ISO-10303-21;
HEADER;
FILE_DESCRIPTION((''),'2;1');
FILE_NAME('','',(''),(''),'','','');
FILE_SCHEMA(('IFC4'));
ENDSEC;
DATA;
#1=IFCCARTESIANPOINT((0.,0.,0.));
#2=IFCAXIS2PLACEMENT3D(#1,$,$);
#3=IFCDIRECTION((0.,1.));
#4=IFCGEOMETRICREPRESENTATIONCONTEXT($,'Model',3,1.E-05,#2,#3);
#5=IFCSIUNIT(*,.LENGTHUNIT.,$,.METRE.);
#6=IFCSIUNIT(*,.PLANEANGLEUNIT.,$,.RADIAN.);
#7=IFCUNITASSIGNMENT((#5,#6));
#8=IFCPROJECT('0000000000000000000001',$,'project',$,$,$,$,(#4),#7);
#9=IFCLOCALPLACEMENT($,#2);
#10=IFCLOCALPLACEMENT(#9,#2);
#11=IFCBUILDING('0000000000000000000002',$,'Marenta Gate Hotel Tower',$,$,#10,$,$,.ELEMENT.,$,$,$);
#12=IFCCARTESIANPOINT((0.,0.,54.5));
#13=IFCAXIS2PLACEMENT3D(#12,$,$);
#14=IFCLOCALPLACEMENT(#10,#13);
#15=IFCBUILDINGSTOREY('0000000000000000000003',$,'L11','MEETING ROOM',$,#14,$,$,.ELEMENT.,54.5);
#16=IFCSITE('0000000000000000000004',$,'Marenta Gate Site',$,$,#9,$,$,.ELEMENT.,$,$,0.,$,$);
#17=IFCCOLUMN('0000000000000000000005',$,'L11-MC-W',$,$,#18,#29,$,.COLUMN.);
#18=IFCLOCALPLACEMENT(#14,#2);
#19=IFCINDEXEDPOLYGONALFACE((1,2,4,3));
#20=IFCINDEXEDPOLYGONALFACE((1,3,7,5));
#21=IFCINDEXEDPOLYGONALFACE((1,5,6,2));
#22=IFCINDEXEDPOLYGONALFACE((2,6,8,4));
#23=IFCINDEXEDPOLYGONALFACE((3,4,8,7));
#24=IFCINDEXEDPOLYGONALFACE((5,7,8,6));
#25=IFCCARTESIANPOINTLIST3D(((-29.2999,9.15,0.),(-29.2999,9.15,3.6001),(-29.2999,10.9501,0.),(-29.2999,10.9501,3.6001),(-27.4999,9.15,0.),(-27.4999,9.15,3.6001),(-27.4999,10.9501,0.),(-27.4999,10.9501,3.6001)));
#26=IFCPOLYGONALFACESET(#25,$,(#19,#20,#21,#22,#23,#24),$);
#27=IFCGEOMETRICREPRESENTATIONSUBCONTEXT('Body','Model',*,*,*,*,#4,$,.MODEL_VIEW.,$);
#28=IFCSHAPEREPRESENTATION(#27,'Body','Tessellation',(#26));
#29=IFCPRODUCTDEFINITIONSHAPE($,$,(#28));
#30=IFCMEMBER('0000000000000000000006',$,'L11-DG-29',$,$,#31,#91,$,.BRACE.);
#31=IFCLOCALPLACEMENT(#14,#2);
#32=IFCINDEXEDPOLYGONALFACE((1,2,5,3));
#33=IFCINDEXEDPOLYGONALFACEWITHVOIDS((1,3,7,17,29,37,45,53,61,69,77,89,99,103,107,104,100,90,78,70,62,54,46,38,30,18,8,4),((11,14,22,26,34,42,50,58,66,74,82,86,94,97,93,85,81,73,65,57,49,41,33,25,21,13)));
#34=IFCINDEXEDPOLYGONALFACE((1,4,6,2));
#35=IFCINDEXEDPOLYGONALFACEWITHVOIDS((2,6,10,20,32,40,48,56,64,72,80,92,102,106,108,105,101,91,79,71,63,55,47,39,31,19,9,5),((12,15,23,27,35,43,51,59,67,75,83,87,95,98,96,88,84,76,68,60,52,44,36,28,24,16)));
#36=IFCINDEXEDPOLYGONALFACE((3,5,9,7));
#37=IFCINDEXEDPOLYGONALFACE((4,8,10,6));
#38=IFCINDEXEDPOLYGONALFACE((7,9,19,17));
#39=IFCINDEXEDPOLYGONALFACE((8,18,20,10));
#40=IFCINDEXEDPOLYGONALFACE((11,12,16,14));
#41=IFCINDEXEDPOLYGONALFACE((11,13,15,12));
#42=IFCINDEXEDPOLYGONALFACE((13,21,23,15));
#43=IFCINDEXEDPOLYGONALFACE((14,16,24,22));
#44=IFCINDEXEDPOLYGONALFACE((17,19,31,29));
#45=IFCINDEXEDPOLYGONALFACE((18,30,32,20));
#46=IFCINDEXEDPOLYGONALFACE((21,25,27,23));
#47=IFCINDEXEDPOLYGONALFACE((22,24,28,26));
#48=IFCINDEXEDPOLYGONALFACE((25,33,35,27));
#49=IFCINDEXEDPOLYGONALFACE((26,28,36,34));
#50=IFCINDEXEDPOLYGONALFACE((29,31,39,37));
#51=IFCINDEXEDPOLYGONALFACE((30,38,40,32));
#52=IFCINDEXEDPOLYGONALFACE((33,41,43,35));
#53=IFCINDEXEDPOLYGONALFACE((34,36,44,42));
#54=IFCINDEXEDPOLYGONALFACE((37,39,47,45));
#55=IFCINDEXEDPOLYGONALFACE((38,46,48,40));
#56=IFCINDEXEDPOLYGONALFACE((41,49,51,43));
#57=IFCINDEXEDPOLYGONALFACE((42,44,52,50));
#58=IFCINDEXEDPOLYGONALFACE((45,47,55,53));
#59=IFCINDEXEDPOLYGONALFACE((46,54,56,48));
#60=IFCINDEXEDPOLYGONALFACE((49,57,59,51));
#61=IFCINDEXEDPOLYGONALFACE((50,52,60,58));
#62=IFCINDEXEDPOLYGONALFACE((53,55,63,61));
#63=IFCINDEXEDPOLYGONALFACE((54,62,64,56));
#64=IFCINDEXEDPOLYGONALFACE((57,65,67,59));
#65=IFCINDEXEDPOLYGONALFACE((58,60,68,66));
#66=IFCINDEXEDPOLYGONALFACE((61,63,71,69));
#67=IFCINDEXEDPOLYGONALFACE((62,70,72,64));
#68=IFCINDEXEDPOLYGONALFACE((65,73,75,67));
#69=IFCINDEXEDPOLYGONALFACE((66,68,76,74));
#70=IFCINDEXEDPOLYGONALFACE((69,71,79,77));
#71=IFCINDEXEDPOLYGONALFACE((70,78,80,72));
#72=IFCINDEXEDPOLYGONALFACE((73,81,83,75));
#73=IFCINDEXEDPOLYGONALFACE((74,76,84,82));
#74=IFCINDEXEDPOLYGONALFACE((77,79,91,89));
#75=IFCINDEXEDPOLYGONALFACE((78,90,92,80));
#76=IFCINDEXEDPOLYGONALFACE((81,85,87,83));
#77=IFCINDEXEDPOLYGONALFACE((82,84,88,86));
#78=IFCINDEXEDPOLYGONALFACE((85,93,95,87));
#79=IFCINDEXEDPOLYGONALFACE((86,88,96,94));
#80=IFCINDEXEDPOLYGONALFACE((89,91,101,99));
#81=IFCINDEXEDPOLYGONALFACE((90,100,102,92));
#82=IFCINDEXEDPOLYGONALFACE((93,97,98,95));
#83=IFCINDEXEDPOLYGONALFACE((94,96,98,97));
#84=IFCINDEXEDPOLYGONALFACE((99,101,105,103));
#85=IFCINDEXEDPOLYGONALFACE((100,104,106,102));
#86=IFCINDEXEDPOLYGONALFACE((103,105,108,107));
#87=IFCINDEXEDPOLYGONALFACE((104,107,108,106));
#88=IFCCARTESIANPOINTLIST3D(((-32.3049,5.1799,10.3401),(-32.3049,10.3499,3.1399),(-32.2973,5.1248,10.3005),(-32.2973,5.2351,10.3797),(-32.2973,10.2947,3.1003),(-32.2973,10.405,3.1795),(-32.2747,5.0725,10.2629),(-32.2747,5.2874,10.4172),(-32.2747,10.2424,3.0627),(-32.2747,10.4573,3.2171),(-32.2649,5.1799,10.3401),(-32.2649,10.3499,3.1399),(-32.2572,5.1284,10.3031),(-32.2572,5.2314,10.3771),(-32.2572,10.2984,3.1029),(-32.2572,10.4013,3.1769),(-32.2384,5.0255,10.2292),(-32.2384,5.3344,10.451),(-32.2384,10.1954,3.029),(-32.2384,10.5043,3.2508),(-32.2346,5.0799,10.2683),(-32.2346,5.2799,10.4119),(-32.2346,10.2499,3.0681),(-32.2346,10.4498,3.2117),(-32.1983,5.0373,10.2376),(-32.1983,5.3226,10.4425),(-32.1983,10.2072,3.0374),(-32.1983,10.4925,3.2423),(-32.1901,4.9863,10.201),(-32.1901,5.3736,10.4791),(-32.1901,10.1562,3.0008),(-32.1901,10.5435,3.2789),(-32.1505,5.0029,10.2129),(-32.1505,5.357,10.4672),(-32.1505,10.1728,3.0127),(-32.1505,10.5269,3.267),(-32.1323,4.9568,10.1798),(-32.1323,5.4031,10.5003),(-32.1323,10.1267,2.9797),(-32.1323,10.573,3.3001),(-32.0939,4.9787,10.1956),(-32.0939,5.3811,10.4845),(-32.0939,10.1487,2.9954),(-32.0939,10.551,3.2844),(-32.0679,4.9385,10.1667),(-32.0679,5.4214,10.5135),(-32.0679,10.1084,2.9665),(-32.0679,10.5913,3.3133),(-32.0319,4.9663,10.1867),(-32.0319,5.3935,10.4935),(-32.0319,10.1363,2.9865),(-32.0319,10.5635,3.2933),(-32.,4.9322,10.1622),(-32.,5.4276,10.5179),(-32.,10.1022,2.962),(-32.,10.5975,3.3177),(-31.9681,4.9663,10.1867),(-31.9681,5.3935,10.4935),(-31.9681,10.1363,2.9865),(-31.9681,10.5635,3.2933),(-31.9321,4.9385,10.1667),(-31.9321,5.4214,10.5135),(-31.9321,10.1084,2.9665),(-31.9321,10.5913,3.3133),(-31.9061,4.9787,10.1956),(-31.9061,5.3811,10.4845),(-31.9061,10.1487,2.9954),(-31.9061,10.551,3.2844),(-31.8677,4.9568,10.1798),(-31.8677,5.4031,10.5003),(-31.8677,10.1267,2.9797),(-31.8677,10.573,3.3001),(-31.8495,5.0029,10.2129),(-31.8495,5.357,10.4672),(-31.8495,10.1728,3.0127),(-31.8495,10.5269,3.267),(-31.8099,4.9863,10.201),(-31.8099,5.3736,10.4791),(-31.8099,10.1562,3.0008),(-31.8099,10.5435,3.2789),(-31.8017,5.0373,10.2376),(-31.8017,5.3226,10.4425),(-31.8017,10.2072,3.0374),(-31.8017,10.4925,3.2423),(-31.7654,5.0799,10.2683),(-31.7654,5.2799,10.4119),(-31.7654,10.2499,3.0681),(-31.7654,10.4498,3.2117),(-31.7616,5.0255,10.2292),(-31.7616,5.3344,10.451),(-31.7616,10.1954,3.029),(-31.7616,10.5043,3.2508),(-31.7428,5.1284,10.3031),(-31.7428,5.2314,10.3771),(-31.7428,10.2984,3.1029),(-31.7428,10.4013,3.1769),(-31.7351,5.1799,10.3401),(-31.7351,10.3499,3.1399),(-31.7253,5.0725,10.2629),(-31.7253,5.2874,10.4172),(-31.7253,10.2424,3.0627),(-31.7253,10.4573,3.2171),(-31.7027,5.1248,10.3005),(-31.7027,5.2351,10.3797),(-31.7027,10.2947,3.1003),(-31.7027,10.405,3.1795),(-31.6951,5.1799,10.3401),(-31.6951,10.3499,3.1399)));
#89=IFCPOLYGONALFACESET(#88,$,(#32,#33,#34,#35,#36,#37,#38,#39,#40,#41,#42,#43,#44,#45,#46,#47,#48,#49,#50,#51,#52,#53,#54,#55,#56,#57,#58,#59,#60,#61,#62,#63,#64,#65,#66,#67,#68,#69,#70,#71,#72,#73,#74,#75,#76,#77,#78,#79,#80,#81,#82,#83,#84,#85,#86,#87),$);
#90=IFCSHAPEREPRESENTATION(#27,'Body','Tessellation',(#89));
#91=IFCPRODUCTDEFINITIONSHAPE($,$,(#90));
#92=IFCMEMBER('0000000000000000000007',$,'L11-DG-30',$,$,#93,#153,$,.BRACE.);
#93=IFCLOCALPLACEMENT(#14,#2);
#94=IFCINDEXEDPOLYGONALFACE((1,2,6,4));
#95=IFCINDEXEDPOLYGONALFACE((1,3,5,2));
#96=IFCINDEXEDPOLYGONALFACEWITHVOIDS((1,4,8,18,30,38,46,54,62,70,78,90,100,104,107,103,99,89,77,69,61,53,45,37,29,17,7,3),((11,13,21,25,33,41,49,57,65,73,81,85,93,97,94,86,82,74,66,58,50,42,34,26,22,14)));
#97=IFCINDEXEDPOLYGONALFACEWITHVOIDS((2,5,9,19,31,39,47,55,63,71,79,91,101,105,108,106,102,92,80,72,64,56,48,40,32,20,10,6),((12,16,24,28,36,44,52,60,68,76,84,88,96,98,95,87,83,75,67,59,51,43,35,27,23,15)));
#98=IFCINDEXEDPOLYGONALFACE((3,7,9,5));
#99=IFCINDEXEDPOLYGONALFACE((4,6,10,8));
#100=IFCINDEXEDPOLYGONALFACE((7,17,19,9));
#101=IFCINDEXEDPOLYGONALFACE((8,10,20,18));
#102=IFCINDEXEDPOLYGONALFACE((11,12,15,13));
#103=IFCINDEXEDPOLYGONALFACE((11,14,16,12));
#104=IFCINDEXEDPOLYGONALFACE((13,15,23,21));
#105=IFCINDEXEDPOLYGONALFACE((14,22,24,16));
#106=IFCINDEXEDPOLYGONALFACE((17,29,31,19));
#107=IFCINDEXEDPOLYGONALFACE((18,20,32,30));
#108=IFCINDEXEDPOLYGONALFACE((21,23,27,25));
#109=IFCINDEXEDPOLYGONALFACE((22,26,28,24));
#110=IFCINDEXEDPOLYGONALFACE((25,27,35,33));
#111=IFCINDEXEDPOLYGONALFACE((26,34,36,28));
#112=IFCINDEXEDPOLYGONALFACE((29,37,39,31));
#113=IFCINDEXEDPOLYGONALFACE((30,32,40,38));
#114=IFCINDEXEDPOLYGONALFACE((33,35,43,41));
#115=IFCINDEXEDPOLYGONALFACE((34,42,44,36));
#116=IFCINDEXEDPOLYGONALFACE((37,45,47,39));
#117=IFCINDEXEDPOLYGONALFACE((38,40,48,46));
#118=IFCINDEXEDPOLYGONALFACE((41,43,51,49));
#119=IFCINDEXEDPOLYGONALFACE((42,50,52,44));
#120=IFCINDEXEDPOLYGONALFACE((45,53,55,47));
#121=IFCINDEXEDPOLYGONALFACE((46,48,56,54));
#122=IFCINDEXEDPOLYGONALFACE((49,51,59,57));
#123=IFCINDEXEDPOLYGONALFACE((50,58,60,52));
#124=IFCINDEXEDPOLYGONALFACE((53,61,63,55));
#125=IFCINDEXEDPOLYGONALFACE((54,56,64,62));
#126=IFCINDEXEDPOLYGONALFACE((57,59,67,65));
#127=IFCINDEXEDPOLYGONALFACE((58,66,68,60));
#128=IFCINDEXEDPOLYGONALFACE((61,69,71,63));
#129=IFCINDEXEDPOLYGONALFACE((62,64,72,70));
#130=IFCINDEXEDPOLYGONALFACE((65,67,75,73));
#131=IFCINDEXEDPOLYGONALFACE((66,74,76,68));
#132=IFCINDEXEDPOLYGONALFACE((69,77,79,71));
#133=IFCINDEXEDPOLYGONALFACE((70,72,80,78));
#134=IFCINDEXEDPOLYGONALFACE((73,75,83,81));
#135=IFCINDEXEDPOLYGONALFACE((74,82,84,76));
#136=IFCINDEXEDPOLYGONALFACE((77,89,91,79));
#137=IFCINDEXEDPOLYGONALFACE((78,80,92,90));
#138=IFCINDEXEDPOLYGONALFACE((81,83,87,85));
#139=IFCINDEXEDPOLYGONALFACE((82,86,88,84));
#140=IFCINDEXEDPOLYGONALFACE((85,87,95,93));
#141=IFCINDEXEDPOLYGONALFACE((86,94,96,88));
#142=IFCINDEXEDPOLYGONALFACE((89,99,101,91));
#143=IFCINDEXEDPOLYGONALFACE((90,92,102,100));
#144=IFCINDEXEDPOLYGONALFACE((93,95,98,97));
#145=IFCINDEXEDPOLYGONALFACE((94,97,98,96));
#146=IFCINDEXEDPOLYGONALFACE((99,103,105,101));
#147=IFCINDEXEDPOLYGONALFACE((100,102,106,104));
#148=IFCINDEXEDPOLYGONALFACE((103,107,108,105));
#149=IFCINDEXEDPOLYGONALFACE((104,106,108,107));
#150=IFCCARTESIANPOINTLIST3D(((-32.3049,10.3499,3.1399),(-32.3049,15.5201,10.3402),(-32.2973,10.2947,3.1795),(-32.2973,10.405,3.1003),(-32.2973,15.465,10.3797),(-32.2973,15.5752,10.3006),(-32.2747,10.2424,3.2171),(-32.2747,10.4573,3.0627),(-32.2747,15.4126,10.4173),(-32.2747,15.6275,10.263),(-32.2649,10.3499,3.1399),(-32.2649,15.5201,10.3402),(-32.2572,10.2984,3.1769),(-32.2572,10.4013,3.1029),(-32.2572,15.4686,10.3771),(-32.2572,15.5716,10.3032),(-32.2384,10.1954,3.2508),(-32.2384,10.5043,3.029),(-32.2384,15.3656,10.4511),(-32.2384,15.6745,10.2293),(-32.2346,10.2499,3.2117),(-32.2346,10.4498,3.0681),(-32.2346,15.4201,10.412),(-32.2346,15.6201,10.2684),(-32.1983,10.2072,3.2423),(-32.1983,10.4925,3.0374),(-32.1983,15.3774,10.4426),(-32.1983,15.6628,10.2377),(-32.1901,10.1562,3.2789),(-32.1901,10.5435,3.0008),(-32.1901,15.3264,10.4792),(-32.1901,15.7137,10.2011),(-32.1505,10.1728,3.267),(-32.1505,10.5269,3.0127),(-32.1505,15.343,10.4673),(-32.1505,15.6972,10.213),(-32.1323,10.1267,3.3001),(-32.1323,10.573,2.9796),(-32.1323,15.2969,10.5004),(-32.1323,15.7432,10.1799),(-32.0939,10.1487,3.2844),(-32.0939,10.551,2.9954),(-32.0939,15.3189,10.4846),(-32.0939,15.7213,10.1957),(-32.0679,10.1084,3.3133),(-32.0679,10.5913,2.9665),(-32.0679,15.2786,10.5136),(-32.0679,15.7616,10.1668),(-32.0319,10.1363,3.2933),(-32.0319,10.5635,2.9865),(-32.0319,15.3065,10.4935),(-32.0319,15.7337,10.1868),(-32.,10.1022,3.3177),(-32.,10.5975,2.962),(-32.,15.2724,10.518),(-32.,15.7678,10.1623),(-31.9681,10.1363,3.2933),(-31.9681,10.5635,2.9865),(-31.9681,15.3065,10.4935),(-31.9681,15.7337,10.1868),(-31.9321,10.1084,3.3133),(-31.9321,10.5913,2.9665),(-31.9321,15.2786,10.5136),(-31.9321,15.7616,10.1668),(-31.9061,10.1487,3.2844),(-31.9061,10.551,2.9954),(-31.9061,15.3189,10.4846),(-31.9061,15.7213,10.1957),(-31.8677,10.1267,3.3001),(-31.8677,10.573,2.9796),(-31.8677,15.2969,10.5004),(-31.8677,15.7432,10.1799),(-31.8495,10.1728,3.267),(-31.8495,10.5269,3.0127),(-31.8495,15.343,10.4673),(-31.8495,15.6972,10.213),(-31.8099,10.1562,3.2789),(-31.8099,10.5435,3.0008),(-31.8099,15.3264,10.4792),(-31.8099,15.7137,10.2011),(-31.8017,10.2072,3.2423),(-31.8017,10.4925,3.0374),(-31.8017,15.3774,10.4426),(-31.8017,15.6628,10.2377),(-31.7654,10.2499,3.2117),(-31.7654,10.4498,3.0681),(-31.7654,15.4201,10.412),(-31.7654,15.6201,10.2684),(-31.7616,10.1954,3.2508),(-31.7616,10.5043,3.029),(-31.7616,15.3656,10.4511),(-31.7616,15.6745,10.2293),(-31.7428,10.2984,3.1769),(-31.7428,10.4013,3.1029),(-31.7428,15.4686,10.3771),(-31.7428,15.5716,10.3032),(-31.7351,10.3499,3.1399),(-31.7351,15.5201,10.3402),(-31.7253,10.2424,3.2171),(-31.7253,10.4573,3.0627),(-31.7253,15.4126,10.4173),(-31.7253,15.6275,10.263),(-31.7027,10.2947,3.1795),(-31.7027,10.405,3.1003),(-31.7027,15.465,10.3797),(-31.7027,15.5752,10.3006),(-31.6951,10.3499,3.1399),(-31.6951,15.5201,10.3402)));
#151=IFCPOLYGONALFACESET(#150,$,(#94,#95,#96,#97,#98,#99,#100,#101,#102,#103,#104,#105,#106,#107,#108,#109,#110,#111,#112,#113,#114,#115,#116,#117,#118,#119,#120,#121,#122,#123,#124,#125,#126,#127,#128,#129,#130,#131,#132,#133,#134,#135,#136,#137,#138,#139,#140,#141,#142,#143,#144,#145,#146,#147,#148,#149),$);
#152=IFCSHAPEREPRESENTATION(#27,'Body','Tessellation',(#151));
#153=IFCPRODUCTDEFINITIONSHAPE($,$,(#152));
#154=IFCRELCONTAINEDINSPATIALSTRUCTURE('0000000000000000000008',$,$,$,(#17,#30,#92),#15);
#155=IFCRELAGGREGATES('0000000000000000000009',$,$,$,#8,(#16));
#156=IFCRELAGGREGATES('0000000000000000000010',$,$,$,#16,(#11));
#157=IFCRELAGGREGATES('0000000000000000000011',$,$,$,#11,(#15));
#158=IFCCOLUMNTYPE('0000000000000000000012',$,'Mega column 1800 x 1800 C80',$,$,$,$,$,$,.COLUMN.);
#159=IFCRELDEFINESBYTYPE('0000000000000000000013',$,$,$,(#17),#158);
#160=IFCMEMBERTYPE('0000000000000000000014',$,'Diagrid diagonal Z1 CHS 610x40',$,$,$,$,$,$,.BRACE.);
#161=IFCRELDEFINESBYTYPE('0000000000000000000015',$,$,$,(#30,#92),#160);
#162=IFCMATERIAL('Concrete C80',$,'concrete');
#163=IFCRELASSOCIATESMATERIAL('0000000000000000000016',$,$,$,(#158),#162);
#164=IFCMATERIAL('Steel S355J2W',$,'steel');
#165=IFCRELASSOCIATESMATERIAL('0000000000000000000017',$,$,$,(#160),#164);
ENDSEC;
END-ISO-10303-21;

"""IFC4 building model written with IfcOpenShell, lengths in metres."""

from ifc_helpers import new_model, si_unit, direction, frame, origin, origin_2d, place, context, subcontext, project, spatial, rectangle, hollow_circle, extrude, material, material_profile, profile_set, type_object, element, save


model = new_model("IFC4")

# Units and contexts
model_context = context("Model", 3, precision=1e-05, world=origin(), true_north=direction((0.0, 1.0)))
body_context = subcontext(model_context, "Body", "Model", "MODEL_VIEW")
ifc_project = project(units=[si_unit("LENGTHUNIT", "METRE"), si_unit("PLANEANGLEUNIT", "RADIAN")], contexts=[model_context])

# Site, building, storey
site_placement = place(None, origin())
site = spatial("IfcSite", under=ifc_project, at=site_placement, Name="Marenta Gate Site", CompositionType="ELEMENT", RefElevation=0.0)
building_placement = place(site_placement, origin())
building = spatial("IfcBuilding", under=site, at=building_placement, Name="Marenta Gate Hotel Tower", CompositionType="ELEMENT")
storey_placement = place(building_placement, frame((0.0, 0.0, 54.5)))
storey = spatial("IfcBuildingStorey", under=building, at=storey_placement, Name="L11", Description="MEETING ROOM", CompositionType="ELEMENT", Elevation=54.5)

# Column
ifc_material_1 = material(Name="Concrete C80", Category="concrete")
ifc_material_profile_1 = material_profile(ifc_material_1, rectangle(XDim=1.8, YDim=1.8, at=origin_2d()), Name="1800 x 1800")
ifc_profile_set_1 = profile_set([ifc_material_profile_1], Name="Concrete C80")
column_type = type_object("IfcColumnType", Name="Mega column 1800 x 1800 C80", PredefinedType="COLUMN", material=ifc_profile_set_1)
column_placement = place(storey_placement, frame((-28.3999, 10.05, 0.0), z_axis=(0.0, 0.0, 1.0), x_axis=(1.0, 0.0, 0.0)))
element("IfcColumn", 1, at=column_placement, inside=storey, type_object=column_type, Name="L11-MC-W", PredefinedType="COLUMN", context=body_context, shape_type="SweptSolid", body=[
    extrude(rectangle(XDim=1.8, YDim=1.8, at=origin_2d()), origin(), (0.0, 0.0, 1.0), 3.6001),
])

# Members
ifc_material_2 = material(Name="Steel S355J2W", Category="steel")
ifc_material_profile_2 = material_profile(ifc_material_2, hollow_circle(Radius=0.3049, WallThickness=0.04, at=origin_2d()), Name="CHS 610x40")
ifc_profile_set_2 = profile_set([ifc_material_profile_2], Name="Steel S355J2W")
member_type_1 = type_object("IfcMemberType", Name="Diagrid diagonal Z1 CHS 610x40", PredefinedType="BRACE", material=ifc_profile_set_2)
member_1_placement = place(storey_placement, frame((-32.0, 10.3499, 3.1399), z_axis=(0.0, -0.583248, 0.812294), x_axis=(1.0, 0.0, 0.0)))
element("IfcMember", 2, at=member_1_placement, inside=storey, type_object=member_type_1, Name="L11-DG-29", PredefinedType="BRACE", context=body_context, shape_type="SweptSolid", body=[
    extrude(hollow_circle(Radius=0.3049, WallThickness=0.04, at=origin_2d()), origin(), (0.0, 0.0, 1.0), 8.864),
])
member_2_placement = place(storey_placement, frame((-32.0, 10.3499, 3.1399), z_axis=(0.0, 0.583266, 0.812281), x_axis=(-1.0, 0.0, 0.0)))
element("IfcMember", 3, at=member_2_placement, inside=storey, type_object=member_type_1, Name="L11-DG-30", PredefinedType="BRACE", context=body_context, shape_type="SweptSolid", body=[
    extrude(hollow_circle(Radius=0.3049, WallThickness=0.04, at=origin_2d()), origin(), (0.0, 0.0, 1.0), 8.8643),
])

save(model, "model.ifc")
